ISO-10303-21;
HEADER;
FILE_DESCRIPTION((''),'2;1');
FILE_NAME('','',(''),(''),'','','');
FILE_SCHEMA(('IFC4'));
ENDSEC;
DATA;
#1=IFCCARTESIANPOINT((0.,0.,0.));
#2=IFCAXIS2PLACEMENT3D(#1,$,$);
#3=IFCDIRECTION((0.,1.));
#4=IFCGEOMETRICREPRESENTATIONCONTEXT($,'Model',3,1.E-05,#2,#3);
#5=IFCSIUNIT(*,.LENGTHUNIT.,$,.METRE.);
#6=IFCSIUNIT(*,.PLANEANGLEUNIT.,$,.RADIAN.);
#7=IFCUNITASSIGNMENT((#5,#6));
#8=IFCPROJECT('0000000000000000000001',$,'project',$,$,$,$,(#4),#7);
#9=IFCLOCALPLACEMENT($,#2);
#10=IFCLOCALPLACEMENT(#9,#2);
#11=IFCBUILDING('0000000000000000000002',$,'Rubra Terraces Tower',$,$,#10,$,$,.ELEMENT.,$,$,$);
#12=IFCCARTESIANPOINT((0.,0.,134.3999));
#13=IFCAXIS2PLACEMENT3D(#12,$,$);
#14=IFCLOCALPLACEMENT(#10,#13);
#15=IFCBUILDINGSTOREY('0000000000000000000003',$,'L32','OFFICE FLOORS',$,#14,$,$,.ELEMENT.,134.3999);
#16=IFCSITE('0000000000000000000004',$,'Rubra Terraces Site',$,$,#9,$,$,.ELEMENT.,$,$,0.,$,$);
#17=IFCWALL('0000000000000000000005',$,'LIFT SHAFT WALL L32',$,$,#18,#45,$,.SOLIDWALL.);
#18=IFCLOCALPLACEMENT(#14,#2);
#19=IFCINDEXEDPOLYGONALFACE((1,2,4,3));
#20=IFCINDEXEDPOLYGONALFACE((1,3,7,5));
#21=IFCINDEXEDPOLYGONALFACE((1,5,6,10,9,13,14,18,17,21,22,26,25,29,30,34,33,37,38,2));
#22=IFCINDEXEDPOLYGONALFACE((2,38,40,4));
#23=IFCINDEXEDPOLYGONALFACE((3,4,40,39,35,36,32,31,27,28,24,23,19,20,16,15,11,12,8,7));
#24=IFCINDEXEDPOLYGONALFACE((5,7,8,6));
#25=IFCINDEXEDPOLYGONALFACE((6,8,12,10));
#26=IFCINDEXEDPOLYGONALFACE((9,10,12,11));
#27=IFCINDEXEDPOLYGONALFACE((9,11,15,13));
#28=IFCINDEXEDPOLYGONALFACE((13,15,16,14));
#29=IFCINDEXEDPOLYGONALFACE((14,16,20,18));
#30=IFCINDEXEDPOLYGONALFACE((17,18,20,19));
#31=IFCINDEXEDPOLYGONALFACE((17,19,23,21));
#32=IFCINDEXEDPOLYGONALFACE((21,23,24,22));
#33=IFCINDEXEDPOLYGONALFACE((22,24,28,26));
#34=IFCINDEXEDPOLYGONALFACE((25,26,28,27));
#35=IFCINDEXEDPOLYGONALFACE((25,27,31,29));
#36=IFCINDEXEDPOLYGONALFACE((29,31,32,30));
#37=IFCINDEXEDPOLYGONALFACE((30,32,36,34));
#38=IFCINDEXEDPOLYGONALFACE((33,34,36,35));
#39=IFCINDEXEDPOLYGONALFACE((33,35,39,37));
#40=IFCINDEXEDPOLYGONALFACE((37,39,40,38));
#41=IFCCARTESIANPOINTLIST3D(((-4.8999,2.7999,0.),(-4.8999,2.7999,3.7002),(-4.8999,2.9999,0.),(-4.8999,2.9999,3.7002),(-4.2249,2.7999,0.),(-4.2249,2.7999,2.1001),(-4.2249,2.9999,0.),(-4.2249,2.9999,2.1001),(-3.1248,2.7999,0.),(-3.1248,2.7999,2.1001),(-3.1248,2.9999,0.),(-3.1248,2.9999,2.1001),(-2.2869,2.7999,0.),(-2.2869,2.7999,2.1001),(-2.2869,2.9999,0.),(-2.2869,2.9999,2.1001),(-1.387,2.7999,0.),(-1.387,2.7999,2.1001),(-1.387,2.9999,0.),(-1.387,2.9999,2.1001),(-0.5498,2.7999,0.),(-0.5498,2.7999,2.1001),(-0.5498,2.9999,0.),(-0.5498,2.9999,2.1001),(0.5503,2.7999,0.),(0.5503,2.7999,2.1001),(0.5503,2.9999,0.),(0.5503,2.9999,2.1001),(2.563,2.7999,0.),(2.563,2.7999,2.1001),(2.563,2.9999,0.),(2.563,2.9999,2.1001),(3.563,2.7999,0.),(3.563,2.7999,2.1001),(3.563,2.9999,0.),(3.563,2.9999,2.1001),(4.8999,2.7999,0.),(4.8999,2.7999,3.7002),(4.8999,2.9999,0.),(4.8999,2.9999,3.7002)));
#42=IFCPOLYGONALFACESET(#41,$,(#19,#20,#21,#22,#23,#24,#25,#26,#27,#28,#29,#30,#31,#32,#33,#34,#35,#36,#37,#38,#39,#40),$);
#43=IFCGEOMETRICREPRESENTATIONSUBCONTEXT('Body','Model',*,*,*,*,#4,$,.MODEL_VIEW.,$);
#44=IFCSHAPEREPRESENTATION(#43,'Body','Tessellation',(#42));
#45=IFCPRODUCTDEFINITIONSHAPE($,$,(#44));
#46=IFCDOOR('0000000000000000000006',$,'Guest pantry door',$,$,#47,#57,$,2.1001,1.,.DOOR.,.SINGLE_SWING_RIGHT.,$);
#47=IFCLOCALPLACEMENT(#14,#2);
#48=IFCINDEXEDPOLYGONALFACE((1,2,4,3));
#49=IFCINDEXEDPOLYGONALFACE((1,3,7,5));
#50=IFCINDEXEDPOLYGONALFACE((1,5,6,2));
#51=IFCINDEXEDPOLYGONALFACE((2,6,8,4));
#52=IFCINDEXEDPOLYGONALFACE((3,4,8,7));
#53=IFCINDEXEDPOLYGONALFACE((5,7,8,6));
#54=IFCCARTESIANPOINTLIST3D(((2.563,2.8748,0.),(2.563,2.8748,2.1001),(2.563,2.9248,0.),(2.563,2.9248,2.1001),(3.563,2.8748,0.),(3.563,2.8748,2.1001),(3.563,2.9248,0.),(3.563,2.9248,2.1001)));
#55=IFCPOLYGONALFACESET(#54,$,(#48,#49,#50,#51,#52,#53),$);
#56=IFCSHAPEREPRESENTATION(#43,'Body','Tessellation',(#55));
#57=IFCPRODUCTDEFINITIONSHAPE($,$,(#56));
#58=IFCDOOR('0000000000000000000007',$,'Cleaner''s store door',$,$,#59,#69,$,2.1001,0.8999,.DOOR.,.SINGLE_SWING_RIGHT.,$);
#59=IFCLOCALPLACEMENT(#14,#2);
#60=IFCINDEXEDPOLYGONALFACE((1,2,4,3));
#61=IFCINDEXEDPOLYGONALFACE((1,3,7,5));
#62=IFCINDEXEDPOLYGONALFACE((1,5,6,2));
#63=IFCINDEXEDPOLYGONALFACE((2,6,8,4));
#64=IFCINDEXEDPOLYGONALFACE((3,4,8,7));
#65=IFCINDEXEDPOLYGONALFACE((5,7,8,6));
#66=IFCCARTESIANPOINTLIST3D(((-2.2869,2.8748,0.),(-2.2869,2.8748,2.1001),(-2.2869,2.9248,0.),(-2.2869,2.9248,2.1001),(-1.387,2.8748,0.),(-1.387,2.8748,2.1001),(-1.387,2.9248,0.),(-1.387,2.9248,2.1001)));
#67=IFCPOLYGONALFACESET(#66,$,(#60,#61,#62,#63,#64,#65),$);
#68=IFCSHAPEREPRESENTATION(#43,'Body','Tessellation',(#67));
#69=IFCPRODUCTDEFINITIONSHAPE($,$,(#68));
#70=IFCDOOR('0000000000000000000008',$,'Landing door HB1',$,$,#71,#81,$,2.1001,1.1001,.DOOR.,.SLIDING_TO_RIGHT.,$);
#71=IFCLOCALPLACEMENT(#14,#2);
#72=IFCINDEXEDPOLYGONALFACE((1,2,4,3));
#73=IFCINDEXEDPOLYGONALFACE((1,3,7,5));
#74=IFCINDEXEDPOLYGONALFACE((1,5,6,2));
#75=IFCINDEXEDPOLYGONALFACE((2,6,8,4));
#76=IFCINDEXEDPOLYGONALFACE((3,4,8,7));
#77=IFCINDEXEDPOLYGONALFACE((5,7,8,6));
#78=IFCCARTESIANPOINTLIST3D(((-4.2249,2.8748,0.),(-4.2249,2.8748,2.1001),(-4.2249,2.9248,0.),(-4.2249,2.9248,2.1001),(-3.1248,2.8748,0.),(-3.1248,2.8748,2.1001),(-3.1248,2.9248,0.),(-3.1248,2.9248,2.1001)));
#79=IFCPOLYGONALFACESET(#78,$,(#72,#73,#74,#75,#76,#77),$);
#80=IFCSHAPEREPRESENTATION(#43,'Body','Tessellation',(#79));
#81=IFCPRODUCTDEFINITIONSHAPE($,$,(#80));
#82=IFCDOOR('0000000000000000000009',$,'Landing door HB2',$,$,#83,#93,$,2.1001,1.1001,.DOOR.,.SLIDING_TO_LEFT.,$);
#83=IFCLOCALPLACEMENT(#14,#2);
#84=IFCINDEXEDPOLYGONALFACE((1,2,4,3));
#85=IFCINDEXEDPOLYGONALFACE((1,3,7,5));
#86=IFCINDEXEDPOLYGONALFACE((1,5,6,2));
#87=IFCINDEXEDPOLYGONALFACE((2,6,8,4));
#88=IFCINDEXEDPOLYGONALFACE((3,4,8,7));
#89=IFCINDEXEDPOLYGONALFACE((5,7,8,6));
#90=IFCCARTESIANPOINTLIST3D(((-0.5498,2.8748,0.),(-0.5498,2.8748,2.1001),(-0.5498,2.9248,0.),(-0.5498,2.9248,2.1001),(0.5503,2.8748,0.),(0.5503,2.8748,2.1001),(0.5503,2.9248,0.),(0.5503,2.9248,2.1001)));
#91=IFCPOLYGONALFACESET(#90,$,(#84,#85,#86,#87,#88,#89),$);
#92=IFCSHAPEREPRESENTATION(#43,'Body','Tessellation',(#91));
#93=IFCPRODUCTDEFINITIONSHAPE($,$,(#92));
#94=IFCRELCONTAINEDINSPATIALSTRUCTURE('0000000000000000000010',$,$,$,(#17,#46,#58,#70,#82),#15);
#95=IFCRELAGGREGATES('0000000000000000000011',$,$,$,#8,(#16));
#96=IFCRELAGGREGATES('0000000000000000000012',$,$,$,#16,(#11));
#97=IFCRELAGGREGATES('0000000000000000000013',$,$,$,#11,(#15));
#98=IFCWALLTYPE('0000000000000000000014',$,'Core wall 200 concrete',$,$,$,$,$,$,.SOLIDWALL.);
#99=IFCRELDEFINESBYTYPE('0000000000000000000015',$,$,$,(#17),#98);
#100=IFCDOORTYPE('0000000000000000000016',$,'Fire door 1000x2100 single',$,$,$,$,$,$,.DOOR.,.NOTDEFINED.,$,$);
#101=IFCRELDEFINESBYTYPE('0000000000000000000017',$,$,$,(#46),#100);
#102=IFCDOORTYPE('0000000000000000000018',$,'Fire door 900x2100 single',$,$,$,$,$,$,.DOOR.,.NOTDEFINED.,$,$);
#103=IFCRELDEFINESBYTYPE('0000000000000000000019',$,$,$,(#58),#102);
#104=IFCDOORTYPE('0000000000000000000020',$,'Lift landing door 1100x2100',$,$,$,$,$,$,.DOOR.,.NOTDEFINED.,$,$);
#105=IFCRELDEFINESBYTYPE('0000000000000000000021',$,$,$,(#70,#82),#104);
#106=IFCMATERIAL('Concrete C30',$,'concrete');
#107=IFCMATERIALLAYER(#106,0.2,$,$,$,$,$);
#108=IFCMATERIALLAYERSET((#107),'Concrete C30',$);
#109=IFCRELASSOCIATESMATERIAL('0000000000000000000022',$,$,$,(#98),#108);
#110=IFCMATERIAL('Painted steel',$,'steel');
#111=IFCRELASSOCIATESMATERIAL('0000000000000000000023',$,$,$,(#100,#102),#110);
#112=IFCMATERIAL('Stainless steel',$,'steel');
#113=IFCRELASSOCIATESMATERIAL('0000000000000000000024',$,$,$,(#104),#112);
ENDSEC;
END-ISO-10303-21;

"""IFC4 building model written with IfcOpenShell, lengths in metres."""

from ifc_helpers import new_model, si_unit, direction, frame, frame_2d, origin, place, context, subcontext, project, spatial, rectangle, extrude, material, layer, layer_set, type_object, element, fill, save


model = new_model("IFC4")

# Units and contexts
model_context = context("Model", 3, precision=1e-05, world=origin(), true_north=direction((0.0, 1.0)))
body_context = subcontext(model_context, "Body", "Model", "MODEL_VIEW")
ifc_project = project(units=[si_unit("LENGTHUNIT", "METRE"), si_unit("PLANEANGLEUNIT", "RADIAN")], contexts=[model_context])

# Site, building, storey
site_placement = place(None, origin())
site = spatial("IfcSite", under=ifc_project, at=site_placement, Name="Rubra Terraces Site", CompositionType="ELEMENT", RefElevation=0.0)
building_placement = place(site_placement, origin())
building = spatial("IfcBuilding", under=site, at=building_placement, Name="Rubra Terraces Tower", CompositionType="ELEMENT")
storey_placement = place(building_placement, frame((0.0, 0.0, 134.3999)))
storey = spatial("IfcBuildingStorey", under=building, at=storey_placement, Name="L32", Description="OFFICE FLOORS", CompositionType="ELEMENT", Elevation=134.3999)

# Shared definitions
ifc_material_1 = material(Name="Concrete C30", Category="concrete")
ifc_layer_1 = layer(ifc_material_1, 0.2)
ifc_layer_set_1 = layer_set([ifc_layer_1], Name="Concrete C30")
wall_type_1 = type_object("IfcWallType", Name="Core wall 200 concrete", PredefinedType="SOLIDWALL", material=ifc_layer_set_1)
ifc_material_2 = material(Name="Painted steel", Category="steel")
ifc_material_3 = material(Name="Stainless steel", Category="steel")

# Wall, openings, doors
wall_1_placement = place(storey_placement, frame((-4.8999, 2.8999, 0.0), z_axis=(0.0, 0.0, 1.0), x_axis=(1.0, 0.0, 0.0)))
wall_1 = element("IfcWall", 1, at=wall_1_placement, inside=storey, type_object=wall_type_1, Name="LIFT SHAFT WALL L32", PredefinedType="SOLIDWALL", context=body_context, shape_type="SweptSolid", body=[
    extrude(rectangle(XDim=9.7998, YDim=0.2, at=frame_2d((4.8999, 0.0))), origin(), (0.0, 0.0, 1.0), 3.7002),
])
opening_1_placement = place(wall_1_placement, frame((0.675, 0.0, 0.0)))
opening_1 = element("IfcOpeningElement", 2, at=opening_1_placement, cuts=wall_1, PredefinedType="OPENING", context=body_context, shape_type="SweptSolid", body=[
    extrude(rectangle(XDim=1.1001, YDim=2.1001, at=frame_2d((0.55, 1.05))), frame((0.0, 0.1099, 0.0), z_axis=(0.0, -1.0, 0.0), x_axis=(1.0, 0.0, 0.0)), (0.0, 0.0, 1.0), 0.22),
])
opening_2_placement = place(wall_1_placement, frame((2.613, 0.0, 0.0)))
opening_2 = element("IfcOpeningElement", 3, at=opening_2_placement, cuts=wall_1, PredefinedType="OPENING", context=body_context, shape_type="SweptSolid", body=[
    extrude(rectangle(XDim=0.8999, YDim=2.1001, at=frame_2d((0.45, 1.05))), frame((0.0, 0.1099, 0.0), z_axis=(0.0, -1.0, 0.0), x_axis=(1.0, 0.0, 0.0)), (0.0, 0.0, 1.0), 0.22),
])
opening_3_placement = place(wall_1_placement, frame((4.3501, 0.0, 0.0)))
opening_3 = element("IfcOpeningElement", 4, at=opening_3_placement, cuts=wall_1, PredefinedType="OPENING", context=body_context, shape_type="SweptSolid", body=[
    extrude(rectangle(XDim=1.1001, YDim=2.1001, at=frame_2d((0.55, 1.05))), frame((0.0, 0.1099, 0.0), z_axis=(0.0, -1.0, 0.0), x_axis=(1.0, 0.0, 0.0)), (0.0, 0.0, 1.0), 0.22),
])
opening_4_placement = place(wall_1_placement, frame((7.4629, 0.0, 0.0)))
opening_4 = element("IfcOpeningElement", 5, at=opening_4_placement, cuts=wall_1, PredefinedType="OPENING", context=body_context, shape_type="SweptSolid", body=[
    extrude(rectangle(XDim=1.0, YDim=2.1001, at=frame_2d((0.5, 1.05))), frame((0.0, 0.1099, 0.0), z_axis=(0.0, -1.0, 0.0), x_axis=(1.0, 0.0, 0.0)), (0.0, 0.0, 1.0), 0.22),
])
door_type_1 = type_object("IfcDoorType", Name="Fire door 1000x2100 single", OperationType="NOTDEFINED", PredefinedType="DOOR", material=ifc_material_2)
door_1_placement = place(opening_4_placement, origin())
door_1 = element("IfcDoor", 6, at=door_1_placement, inside=storey, type_object=door_type_1, Name="Guest pantry door", OperationType="SINGLE_SWING_RIGHT", OverallHeight=2.1001, OverallWidth=1.0, PredefinedType="DOOR", context=body_context, shape_type="SweptSolid", body=[
    extrude(rectangle(XDim=1.0, YDim=2.1001, at=frame_2d((0.5, 1.05))), frame((0.0, 0.0249, 0.0), z_axis=(0.0, -1.0, 0.0), x_axis=(1.0, 0.0, 0.0)), (0.0, 0.0, 1.0), 0.05),
])
fill(opening_4, door_1)
door_type_2 = type_object("IfcDoorType", Name="Fire door 900x2100 single", OperationType="NOTDEFINED", PredefinedType="DOOR", material=ifc_material_2)
door_2_placement = place(opening_2_placement, origin())
door_2 = element("IfcDoor", 7, at=door_2_placement, inside=storey, type_object=door_type_2, Name="Cleaner's store door", OperationType="SINGLE_SWING_RIGHT", OverallHeight=2.1001, OverallWidth=0.8999, PredefinedType="DOOR", context=body_context, shape_type="SweptSolid", body=[
    extrude(rectangle(XDim=0.8999, YDim=2.1001, at=frame_2d((0.45, 1.05))), frame((0.0, 0.0249, 0.0), z_axis=(0.0, -1.0, 0.0), x_axis=(1.0, 0.0, 0.0)), (0.0, 0.0, 1.0), 0.05),
])
fill(opening_2, door_2)
door_type_3 = type_object("IfcDoorType", Name="Lift landing door 1100x2100", OperationType="NOTDEFINED", PredefinedType="DOOR", material=ifc_material_3)
door_3_placement = place(opening_1_placement, origin())
door_3 = element("IfcDoor", 8, at=door_3_placement, inside=storey, type_object=door_type_3, Name="Landing door HB1", OperationType="SLIDING_TO_RIGHT", OverallHeight=2.1001, OverallWidth=1.1001, PredefinedType="DOOR", context=body_context, shape_type="SweptSolid", body=[
    extrude(rectangle(XDim=1.1001, YDim=2.1001, at=frame_2d((0.55, 1.05))), frame((0.0, 0.0249, 0.0), z_axis=(0.0, -1.0, 0.0), x_axis=(1.0, 0.0, 0.0)), (0.0, 0.0, 1.0), 0.05),
])
fill(opening_1, door_3)
door_4_placement = place(opening_3_placement, origin())
door_4 = element("IfcDoor", 9, at=door_4_placement, inside=storey, type_object=door_type_3, Name="Landing door HB2", OperationType="SLIDING_TO_LEFT", OverallHeight=2.1001, OverallWidth=1.1001, PredefinedType="DOOR", context=body_context, shape_type="SweptSolid", body=[
    extrude(rectangle(XDim=1.1001, YDim=2.1001, at=frame_2d((0.55, 1.05))), frame((0.0, 0.0249, 0.0), z_axis=(0.0, -1.0, 0.0), x_axis=(1.0, 0.0, 0.0)), (0.0, 0.0, 1.0), 0.05),
])
fill(opening_3, door_4)

save(model, "model.ifc")
